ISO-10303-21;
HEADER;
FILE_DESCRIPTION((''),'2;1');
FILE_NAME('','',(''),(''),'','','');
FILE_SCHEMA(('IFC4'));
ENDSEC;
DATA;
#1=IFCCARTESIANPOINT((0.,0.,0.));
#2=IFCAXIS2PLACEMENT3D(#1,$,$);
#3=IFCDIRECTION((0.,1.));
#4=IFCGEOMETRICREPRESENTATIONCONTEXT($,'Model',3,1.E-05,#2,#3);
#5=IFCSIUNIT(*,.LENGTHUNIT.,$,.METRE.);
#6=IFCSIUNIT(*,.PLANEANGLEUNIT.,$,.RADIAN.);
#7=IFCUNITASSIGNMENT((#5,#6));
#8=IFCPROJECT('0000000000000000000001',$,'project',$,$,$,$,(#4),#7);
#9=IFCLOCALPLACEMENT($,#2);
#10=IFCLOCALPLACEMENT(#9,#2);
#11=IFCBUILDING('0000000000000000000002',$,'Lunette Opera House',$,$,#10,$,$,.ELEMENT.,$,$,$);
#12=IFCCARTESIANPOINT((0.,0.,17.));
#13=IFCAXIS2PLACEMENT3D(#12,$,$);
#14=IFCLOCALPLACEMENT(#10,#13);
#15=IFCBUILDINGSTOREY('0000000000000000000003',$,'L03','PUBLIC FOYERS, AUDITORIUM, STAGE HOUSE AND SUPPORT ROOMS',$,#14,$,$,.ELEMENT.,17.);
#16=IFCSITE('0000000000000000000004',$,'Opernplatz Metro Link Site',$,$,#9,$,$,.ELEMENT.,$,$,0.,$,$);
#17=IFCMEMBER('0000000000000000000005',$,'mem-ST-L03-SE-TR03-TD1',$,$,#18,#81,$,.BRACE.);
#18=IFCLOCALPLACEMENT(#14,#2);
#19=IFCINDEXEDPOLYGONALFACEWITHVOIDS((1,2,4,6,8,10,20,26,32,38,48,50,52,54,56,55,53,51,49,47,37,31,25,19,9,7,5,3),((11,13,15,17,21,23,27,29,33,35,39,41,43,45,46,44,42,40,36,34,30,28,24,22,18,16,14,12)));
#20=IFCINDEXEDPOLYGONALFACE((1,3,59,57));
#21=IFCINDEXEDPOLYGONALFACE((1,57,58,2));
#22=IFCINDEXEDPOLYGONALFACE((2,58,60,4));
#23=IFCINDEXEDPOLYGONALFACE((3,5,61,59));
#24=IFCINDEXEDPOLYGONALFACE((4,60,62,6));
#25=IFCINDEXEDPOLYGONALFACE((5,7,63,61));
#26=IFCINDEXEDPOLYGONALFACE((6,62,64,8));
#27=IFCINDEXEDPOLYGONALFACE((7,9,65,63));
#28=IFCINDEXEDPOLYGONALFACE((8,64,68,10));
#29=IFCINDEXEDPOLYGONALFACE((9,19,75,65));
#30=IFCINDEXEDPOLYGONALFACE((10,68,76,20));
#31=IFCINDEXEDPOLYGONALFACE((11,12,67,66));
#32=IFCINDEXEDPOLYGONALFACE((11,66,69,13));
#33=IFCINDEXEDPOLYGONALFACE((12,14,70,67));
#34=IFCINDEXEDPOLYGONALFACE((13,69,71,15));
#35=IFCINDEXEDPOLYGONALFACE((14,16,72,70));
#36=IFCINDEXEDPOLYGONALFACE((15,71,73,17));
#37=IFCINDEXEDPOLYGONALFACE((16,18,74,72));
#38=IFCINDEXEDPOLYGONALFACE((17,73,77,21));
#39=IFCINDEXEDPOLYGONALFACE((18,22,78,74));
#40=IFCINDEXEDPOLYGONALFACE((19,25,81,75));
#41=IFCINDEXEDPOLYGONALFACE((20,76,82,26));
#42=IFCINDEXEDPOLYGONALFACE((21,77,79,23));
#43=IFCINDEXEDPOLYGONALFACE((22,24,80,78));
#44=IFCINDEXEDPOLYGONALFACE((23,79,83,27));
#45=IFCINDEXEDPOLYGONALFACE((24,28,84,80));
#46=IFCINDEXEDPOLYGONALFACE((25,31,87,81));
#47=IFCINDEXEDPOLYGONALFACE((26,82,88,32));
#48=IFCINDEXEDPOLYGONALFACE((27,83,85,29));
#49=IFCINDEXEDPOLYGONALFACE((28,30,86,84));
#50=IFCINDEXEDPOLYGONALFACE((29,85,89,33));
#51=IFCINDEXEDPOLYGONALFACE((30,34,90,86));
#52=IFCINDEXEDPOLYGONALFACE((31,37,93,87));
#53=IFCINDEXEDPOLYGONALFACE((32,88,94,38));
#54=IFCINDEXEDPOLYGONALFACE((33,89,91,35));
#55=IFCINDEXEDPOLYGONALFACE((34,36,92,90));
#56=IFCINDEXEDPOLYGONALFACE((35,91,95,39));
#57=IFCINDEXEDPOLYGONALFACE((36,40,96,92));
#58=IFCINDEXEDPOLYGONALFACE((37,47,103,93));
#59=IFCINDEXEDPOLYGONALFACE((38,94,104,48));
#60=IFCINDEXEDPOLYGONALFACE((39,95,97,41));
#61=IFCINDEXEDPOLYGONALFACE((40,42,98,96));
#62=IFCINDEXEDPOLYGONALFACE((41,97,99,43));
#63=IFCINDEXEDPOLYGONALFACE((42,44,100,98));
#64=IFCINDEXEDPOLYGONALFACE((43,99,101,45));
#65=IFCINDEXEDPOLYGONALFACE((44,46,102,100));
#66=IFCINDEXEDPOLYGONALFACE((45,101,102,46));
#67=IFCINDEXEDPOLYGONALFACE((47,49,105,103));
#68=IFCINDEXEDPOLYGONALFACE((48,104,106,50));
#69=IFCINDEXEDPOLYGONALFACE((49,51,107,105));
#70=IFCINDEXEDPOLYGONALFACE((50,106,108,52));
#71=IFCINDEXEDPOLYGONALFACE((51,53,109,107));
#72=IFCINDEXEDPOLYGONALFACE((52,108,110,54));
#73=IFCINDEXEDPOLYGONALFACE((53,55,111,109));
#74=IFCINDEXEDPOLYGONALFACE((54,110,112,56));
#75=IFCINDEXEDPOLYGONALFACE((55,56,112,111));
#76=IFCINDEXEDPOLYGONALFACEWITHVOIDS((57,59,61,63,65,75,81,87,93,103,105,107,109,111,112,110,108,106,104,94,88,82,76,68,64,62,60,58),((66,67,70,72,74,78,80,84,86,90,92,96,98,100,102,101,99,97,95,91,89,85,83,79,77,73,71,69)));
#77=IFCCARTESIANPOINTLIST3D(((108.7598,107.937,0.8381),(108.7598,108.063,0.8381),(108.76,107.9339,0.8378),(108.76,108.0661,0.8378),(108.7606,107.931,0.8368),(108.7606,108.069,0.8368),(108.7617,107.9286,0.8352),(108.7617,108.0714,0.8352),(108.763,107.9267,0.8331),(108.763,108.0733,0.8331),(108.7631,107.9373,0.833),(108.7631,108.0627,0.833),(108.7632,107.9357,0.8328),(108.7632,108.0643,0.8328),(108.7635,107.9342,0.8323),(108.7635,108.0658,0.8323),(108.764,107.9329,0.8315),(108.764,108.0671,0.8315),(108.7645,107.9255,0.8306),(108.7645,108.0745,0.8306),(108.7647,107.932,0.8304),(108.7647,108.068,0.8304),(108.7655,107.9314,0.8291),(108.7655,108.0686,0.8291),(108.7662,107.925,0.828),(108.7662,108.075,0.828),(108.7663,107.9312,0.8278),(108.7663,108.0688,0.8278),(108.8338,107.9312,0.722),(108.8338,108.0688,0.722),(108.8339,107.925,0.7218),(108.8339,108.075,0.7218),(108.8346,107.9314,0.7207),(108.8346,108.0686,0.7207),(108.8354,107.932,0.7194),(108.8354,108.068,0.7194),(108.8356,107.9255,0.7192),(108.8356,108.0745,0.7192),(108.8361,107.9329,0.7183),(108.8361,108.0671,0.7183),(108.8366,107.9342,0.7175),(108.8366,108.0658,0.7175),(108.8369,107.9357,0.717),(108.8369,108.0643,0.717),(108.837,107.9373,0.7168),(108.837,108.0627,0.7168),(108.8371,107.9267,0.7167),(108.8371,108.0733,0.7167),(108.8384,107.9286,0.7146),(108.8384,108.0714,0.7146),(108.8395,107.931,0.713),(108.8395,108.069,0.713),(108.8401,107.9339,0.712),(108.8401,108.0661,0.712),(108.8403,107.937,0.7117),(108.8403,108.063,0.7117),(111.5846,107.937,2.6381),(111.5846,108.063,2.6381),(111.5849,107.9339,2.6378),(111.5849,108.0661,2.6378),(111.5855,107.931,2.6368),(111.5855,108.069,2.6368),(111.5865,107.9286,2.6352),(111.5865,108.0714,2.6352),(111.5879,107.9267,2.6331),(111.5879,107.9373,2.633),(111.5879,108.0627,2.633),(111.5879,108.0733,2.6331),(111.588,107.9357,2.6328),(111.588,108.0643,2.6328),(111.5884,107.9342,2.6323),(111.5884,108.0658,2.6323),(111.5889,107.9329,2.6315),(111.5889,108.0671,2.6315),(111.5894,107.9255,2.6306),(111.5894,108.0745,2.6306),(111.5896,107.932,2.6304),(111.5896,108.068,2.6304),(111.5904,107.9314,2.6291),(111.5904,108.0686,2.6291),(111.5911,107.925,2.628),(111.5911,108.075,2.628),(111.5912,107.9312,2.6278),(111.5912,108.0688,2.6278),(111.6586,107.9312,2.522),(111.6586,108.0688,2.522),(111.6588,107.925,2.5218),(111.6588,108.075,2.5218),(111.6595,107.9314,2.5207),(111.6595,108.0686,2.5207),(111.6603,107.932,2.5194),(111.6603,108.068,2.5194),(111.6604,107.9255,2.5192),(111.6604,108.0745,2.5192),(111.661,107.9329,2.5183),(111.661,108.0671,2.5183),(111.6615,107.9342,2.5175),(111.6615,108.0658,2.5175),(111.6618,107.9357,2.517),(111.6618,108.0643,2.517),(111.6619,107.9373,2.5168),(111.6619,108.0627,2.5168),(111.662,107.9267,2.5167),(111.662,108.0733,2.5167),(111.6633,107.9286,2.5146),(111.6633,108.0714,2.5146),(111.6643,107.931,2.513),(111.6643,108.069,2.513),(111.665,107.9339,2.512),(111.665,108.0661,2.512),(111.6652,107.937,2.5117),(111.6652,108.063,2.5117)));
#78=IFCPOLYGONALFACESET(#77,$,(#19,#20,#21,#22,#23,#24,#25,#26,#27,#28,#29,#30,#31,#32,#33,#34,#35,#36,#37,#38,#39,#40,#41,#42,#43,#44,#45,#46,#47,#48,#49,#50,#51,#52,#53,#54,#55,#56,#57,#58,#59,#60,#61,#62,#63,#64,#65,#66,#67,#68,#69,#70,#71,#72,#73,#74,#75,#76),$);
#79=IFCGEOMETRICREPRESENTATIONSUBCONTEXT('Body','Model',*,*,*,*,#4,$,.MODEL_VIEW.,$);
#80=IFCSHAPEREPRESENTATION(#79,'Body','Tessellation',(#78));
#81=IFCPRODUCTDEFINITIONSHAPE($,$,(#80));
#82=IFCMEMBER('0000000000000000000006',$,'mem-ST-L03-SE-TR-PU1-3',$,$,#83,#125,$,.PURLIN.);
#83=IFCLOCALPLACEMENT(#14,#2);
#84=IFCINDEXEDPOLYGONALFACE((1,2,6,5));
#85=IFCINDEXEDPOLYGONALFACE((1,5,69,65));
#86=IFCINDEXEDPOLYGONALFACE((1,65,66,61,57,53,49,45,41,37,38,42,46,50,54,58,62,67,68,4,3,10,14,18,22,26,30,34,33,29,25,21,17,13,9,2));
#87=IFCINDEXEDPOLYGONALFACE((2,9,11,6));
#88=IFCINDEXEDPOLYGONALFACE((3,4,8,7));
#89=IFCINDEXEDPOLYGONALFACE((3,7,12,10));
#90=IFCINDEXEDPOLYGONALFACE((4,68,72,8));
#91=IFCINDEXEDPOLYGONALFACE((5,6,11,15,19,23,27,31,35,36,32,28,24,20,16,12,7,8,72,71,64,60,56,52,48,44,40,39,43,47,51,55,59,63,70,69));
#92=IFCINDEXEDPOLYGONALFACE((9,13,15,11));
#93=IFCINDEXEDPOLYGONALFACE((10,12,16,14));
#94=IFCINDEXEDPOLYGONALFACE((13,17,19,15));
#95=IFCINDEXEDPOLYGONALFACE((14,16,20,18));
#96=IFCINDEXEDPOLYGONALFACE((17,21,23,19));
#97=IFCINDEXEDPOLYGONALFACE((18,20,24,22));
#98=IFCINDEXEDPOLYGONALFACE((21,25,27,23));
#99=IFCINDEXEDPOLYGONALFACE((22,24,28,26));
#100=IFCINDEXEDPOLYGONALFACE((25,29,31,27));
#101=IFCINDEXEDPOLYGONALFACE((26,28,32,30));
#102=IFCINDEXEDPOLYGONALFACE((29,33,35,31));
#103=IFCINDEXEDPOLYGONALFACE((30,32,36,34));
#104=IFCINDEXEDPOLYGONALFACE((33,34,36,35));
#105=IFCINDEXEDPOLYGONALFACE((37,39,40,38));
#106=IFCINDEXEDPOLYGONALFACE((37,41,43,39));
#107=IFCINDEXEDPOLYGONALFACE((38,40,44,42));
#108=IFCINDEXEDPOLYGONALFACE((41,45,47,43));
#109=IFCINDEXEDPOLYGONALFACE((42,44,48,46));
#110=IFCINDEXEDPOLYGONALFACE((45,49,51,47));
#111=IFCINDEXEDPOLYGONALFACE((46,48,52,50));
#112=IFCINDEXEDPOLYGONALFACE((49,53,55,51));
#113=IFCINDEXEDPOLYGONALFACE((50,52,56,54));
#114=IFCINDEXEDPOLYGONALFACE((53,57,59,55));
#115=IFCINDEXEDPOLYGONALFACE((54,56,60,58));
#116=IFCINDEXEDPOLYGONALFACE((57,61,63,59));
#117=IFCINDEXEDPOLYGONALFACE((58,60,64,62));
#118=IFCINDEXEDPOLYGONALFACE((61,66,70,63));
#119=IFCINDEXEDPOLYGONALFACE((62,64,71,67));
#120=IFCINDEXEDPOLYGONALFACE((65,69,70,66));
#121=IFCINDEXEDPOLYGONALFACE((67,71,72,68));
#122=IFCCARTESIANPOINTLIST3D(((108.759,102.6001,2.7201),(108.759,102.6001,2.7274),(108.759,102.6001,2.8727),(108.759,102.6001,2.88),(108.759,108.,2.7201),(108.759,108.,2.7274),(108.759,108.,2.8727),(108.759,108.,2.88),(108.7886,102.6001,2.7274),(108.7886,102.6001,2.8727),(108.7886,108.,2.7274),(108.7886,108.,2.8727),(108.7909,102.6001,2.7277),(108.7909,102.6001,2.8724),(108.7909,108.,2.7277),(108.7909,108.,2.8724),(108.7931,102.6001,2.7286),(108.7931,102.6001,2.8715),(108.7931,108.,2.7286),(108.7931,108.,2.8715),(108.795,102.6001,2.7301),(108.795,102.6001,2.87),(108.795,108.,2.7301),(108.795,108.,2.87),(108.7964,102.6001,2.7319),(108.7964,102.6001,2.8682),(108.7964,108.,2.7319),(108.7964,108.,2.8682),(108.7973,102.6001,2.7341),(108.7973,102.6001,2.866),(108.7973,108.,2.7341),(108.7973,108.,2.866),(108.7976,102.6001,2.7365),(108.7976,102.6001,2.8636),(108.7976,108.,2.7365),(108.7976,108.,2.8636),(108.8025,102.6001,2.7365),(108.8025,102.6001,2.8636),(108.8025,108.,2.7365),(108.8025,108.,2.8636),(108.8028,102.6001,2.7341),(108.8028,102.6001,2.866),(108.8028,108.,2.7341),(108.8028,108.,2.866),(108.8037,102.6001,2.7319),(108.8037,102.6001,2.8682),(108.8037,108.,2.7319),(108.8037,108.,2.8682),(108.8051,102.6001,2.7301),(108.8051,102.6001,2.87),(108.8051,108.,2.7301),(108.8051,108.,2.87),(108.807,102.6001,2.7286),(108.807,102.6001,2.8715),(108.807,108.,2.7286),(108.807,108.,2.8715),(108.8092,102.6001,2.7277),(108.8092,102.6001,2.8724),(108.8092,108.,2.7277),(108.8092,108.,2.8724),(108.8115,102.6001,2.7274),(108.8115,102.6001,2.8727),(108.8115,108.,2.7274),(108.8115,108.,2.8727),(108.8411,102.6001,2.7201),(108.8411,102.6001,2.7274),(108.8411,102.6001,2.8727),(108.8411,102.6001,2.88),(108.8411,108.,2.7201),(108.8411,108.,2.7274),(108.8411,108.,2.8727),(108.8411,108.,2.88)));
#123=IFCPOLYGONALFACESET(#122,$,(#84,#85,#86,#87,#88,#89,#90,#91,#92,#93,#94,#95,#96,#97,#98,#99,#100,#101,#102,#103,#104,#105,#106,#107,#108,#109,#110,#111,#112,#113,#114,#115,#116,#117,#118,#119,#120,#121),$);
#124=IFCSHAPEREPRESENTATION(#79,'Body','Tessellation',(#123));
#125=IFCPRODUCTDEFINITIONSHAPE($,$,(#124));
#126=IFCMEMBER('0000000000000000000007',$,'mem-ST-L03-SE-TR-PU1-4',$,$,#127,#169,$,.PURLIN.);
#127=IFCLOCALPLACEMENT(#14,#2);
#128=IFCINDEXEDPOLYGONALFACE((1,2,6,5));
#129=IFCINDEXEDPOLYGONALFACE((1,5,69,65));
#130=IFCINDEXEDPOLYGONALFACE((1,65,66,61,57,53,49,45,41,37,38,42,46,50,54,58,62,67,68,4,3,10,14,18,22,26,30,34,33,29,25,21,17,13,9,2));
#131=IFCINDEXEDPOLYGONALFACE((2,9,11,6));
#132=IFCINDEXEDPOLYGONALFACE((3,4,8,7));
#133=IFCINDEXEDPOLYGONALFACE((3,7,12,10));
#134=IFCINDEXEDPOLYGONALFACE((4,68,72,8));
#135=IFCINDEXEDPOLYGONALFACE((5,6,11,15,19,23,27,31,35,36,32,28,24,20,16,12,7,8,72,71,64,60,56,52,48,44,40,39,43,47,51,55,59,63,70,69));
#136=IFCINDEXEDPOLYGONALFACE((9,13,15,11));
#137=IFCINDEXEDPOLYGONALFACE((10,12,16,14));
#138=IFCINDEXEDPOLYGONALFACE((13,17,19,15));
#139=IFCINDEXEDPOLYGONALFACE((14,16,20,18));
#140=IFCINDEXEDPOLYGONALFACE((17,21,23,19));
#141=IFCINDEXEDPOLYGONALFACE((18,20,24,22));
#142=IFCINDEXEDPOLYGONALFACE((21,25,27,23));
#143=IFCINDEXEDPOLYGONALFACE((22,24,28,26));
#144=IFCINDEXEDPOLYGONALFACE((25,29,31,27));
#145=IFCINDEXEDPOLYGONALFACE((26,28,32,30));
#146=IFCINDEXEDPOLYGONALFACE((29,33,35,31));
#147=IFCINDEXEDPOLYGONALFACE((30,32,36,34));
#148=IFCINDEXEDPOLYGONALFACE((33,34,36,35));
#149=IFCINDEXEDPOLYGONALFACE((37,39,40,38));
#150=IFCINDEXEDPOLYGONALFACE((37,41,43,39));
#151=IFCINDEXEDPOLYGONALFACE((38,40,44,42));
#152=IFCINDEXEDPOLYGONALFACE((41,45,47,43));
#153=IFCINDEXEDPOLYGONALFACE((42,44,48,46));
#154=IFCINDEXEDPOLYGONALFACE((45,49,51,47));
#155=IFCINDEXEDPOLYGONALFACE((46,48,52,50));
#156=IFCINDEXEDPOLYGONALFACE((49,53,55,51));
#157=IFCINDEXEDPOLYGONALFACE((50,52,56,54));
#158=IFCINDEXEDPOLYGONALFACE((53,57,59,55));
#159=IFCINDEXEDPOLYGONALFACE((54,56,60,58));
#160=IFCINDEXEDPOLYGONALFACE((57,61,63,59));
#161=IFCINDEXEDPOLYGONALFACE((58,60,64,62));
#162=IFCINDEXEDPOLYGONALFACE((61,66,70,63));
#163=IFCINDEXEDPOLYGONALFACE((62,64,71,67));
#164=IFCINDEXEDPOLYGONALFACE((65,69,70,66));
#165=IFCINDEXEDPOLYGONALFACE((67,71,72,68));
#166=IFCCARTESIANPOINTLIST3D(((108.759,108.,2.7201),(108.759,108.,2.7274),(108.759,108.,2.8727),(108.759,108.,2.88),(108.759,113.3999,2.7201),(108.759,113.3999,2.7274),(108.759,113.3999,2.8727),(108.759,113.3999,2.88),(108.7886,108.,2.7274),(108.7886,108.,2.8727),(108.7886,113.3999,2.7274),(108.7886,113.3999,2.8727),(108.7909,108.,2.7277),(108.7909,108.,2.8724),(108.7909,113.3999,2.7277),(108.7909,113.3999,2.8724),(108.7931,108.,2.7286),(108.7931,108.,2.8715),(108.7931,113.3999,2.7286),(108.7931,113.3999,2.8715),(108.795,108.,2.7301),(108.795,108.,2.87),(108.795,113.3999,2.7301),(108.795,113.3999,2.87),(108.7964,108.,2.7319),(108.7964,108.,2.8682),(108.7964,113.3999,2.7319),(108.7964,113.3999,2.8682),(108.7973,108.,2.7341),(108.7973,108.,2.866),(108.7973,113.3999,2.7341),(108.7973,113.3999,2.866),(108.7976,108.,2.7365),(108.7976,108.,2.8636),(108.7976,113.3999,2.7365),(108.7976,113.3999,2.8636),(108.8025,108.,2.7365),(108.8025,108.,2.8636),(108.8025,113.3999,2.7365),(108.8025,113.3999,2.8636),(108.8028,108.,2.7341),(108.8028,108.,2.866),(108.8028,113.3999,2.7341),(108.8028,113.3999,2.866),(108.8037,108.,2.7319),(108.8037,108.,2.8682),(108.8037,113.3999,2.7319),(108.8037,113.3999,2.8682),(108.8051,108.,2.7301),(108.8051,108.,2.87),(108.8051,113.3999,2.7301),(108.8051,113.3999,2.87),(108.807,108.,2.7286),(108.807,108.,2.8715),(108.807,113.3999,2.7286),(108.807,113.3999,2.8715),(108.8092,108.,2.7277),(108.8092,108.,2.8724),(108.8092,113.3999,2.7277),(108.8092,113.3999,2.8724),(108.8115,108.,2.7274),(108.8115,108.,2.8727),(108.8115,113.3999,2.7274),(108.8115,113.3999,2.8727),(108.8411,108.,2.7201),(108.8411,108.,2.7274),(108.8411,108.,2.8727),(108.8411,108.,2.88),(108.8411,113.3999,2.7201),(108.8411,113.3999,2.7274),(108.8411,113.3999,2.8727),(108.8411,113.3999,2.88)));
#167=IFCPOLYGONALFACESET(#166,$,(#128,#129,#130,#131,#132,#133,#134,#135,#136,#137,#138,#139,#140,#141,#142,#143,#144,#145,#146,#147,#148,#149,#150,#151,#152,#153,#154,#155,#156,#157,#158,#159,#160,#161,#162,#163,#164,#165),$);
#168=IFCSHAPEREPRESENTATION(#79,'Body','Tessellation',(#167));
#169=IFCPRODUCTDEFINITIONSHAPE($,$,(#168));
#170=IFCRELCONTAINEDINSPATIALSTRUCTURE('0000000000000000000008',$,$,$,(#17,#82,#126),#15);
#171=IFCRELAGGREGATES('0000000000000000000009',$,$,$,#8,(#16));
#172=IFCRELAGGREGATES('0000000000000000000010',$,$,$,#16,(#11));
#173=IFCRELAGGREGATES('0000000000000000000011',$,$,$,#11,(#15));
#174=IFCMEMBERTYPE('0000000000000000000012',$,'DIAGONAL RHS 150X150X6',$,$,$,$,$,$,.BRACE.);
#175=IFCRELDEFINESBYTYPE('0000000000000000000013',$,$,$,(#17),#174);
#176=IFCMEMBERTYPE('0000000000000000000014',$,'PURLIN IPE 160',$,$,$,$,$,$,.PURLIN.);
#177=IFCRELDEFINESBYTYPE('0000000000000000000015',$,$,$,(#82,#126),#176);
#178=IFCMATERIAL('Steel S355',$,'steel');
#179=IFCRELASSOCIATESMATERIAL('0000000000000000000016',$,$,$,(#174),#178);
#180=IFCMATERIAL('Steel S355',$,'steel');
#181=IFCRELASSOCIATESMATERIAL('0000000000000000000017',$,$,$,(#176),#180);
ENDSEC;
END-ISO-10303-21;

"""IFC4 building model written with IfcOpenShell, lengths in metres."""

from ifc_helpers import new_model, si_unit, direction, frame, origin, origin_2d, place, context, subcontext, project, spatial, hollow_rectangle, i_section, extrude, material, material_profile, profile_set, type_object, element, save


model = new_model("IFC4")

# Units and contexts
model_context = context("Model", 3, precision=1e-05, world=origin(), true_north=direction((0.0, 1.0)))
body_context = subcontext(model_context, "Body", "Model", "MODEL_VIEW")
ifc_project = project(units=[si_unit("LENGTHUNIT", "METRE"), si_unit("PLANEANGLEUNIT", "RADIAN")], contexts=[model_context])

# Site, building, storey
site_placement = place(None, origin())
site = spatial("IfcSite", under=ifc_project, at=site_placement, Name="Opernplatz Metro Link Site", CompositionType="ELEMENT", RefElevation=0.0)
building_placement = place(site_placement, origin())
building = spatial("IfcBuilding", under=site, at=building_placement, Name="Lunette Opera House", CompositionType="ELEMENT")
storey_placement = place(building_placement, frame((0.0, 0.0, 17.0)))
storey = spatial("IfcBuildingStorey", under=building, at=storey_placement, Name="L03", Description="PUBLIC FOYERS, AUDITORIUM, STAGE HOUSE AND SUPPORT ROOMS", CompositionType="ELEMENT", Elevation=17.0)

# Members
ifc_material_1 = material(Name="Steel S355", Category="steel")
ifc_material_profile_1 = material_profile(ifc_material_1, hollow_rectangle(XDim=0.1499, YDim=0.1499, WallThickness=0.0061, InnerFilletRadius=0.0061, OuterFilletRadius=0.012, at=origin_2d()), Name="RHS 150X150X6")
ifc_profile_set_1 = profile_set([ifc_material_profile_1], Name="Steel S355")
member_type_1 = type_object("IfcMemberType", Name="DIAGONAL RHS 150X150X6", PredefinedType="BRACE", material=ifc_profile_set_1)
for number, where, z_axis, x_axis, name in (
    (1, (108.8, 108.0, 0.7749), (0.843343, 0.0, 0.537375), (0.0, 1.0, 0.0), "mem-ST-L03-SE-TR03-TD1"),
):
    element("IfcMember", number, at=place(storey_placement, frame(where, z_axis=z_axis, x_axis=x_axis)), inside=storey, type_object=member_type_1, Name=name, PredefinedType="BRACE", context=body_context, shape_type="SweptSolid", body=[
        extrude(hollow_rectangle(XDim=0.1499, YDim=0.1499, WallThickness=0.0061, InnerFilletRadius=0.0061, OuterFilletRadius=0.012, at=origin_2d()), origin(), (0.0, 0.0, 1.0), 3.3496),
    ])
ifc_material_2 = material(Name="Steel S355", Category="steel")
ifc_material_profile_2 = material_profile(ifc_material_2, i_section(OverallWidth=0.082, OverallDepth=0.1599, WebThickness=0.0049, FlangeThickness=0.0073, FilletRadius=0.009, at=origin_2d()), Name="IPE 160")
ifc_profile_set_2 = profile_set([ifc_material_profile_2], Name="Steel S355")
member_type_2 = type_object("IfcMemberType", Name="PURLIN IPE 160", PredefinedType="PURLIN", material=ifc_profile_set_2)
for number, where, z_axis, x_axis, name in (
    (2, (108.8, 102.6001, 2.8), (0.0, 1.0, 0.0), (-1.0, 0.0, 0.0), "mem-ST-L03-SE-TR-PU1-3"),
    (3, (108.8, 108.0, 2.8), (0.0, 1.0, 0.0), (-1.0, 0.0, 0.0), "mem-ST-L03-SE-TR-PU1-4"),
):
    element("IfcMember", number, at=place(storey_placement, frame(where, z_axis=z_axis, x_axis=x_axis)), inside=storey, type_object=member_type_2, Name=name, PredefinedType="PURLIN", context=body_context, shape_type="SweptSolid", body=[
        extrude(i_section(OverallWidth=0.082, OverallDepth=0.1599, WebThickness=0.0049, FlangeThickness=0.0073, FilletRadius=0.009, at=origin_2d()), origin(), (0.0, 0.0, 1.0), 5.3999),
    ])

save(model, "model.ifc")
